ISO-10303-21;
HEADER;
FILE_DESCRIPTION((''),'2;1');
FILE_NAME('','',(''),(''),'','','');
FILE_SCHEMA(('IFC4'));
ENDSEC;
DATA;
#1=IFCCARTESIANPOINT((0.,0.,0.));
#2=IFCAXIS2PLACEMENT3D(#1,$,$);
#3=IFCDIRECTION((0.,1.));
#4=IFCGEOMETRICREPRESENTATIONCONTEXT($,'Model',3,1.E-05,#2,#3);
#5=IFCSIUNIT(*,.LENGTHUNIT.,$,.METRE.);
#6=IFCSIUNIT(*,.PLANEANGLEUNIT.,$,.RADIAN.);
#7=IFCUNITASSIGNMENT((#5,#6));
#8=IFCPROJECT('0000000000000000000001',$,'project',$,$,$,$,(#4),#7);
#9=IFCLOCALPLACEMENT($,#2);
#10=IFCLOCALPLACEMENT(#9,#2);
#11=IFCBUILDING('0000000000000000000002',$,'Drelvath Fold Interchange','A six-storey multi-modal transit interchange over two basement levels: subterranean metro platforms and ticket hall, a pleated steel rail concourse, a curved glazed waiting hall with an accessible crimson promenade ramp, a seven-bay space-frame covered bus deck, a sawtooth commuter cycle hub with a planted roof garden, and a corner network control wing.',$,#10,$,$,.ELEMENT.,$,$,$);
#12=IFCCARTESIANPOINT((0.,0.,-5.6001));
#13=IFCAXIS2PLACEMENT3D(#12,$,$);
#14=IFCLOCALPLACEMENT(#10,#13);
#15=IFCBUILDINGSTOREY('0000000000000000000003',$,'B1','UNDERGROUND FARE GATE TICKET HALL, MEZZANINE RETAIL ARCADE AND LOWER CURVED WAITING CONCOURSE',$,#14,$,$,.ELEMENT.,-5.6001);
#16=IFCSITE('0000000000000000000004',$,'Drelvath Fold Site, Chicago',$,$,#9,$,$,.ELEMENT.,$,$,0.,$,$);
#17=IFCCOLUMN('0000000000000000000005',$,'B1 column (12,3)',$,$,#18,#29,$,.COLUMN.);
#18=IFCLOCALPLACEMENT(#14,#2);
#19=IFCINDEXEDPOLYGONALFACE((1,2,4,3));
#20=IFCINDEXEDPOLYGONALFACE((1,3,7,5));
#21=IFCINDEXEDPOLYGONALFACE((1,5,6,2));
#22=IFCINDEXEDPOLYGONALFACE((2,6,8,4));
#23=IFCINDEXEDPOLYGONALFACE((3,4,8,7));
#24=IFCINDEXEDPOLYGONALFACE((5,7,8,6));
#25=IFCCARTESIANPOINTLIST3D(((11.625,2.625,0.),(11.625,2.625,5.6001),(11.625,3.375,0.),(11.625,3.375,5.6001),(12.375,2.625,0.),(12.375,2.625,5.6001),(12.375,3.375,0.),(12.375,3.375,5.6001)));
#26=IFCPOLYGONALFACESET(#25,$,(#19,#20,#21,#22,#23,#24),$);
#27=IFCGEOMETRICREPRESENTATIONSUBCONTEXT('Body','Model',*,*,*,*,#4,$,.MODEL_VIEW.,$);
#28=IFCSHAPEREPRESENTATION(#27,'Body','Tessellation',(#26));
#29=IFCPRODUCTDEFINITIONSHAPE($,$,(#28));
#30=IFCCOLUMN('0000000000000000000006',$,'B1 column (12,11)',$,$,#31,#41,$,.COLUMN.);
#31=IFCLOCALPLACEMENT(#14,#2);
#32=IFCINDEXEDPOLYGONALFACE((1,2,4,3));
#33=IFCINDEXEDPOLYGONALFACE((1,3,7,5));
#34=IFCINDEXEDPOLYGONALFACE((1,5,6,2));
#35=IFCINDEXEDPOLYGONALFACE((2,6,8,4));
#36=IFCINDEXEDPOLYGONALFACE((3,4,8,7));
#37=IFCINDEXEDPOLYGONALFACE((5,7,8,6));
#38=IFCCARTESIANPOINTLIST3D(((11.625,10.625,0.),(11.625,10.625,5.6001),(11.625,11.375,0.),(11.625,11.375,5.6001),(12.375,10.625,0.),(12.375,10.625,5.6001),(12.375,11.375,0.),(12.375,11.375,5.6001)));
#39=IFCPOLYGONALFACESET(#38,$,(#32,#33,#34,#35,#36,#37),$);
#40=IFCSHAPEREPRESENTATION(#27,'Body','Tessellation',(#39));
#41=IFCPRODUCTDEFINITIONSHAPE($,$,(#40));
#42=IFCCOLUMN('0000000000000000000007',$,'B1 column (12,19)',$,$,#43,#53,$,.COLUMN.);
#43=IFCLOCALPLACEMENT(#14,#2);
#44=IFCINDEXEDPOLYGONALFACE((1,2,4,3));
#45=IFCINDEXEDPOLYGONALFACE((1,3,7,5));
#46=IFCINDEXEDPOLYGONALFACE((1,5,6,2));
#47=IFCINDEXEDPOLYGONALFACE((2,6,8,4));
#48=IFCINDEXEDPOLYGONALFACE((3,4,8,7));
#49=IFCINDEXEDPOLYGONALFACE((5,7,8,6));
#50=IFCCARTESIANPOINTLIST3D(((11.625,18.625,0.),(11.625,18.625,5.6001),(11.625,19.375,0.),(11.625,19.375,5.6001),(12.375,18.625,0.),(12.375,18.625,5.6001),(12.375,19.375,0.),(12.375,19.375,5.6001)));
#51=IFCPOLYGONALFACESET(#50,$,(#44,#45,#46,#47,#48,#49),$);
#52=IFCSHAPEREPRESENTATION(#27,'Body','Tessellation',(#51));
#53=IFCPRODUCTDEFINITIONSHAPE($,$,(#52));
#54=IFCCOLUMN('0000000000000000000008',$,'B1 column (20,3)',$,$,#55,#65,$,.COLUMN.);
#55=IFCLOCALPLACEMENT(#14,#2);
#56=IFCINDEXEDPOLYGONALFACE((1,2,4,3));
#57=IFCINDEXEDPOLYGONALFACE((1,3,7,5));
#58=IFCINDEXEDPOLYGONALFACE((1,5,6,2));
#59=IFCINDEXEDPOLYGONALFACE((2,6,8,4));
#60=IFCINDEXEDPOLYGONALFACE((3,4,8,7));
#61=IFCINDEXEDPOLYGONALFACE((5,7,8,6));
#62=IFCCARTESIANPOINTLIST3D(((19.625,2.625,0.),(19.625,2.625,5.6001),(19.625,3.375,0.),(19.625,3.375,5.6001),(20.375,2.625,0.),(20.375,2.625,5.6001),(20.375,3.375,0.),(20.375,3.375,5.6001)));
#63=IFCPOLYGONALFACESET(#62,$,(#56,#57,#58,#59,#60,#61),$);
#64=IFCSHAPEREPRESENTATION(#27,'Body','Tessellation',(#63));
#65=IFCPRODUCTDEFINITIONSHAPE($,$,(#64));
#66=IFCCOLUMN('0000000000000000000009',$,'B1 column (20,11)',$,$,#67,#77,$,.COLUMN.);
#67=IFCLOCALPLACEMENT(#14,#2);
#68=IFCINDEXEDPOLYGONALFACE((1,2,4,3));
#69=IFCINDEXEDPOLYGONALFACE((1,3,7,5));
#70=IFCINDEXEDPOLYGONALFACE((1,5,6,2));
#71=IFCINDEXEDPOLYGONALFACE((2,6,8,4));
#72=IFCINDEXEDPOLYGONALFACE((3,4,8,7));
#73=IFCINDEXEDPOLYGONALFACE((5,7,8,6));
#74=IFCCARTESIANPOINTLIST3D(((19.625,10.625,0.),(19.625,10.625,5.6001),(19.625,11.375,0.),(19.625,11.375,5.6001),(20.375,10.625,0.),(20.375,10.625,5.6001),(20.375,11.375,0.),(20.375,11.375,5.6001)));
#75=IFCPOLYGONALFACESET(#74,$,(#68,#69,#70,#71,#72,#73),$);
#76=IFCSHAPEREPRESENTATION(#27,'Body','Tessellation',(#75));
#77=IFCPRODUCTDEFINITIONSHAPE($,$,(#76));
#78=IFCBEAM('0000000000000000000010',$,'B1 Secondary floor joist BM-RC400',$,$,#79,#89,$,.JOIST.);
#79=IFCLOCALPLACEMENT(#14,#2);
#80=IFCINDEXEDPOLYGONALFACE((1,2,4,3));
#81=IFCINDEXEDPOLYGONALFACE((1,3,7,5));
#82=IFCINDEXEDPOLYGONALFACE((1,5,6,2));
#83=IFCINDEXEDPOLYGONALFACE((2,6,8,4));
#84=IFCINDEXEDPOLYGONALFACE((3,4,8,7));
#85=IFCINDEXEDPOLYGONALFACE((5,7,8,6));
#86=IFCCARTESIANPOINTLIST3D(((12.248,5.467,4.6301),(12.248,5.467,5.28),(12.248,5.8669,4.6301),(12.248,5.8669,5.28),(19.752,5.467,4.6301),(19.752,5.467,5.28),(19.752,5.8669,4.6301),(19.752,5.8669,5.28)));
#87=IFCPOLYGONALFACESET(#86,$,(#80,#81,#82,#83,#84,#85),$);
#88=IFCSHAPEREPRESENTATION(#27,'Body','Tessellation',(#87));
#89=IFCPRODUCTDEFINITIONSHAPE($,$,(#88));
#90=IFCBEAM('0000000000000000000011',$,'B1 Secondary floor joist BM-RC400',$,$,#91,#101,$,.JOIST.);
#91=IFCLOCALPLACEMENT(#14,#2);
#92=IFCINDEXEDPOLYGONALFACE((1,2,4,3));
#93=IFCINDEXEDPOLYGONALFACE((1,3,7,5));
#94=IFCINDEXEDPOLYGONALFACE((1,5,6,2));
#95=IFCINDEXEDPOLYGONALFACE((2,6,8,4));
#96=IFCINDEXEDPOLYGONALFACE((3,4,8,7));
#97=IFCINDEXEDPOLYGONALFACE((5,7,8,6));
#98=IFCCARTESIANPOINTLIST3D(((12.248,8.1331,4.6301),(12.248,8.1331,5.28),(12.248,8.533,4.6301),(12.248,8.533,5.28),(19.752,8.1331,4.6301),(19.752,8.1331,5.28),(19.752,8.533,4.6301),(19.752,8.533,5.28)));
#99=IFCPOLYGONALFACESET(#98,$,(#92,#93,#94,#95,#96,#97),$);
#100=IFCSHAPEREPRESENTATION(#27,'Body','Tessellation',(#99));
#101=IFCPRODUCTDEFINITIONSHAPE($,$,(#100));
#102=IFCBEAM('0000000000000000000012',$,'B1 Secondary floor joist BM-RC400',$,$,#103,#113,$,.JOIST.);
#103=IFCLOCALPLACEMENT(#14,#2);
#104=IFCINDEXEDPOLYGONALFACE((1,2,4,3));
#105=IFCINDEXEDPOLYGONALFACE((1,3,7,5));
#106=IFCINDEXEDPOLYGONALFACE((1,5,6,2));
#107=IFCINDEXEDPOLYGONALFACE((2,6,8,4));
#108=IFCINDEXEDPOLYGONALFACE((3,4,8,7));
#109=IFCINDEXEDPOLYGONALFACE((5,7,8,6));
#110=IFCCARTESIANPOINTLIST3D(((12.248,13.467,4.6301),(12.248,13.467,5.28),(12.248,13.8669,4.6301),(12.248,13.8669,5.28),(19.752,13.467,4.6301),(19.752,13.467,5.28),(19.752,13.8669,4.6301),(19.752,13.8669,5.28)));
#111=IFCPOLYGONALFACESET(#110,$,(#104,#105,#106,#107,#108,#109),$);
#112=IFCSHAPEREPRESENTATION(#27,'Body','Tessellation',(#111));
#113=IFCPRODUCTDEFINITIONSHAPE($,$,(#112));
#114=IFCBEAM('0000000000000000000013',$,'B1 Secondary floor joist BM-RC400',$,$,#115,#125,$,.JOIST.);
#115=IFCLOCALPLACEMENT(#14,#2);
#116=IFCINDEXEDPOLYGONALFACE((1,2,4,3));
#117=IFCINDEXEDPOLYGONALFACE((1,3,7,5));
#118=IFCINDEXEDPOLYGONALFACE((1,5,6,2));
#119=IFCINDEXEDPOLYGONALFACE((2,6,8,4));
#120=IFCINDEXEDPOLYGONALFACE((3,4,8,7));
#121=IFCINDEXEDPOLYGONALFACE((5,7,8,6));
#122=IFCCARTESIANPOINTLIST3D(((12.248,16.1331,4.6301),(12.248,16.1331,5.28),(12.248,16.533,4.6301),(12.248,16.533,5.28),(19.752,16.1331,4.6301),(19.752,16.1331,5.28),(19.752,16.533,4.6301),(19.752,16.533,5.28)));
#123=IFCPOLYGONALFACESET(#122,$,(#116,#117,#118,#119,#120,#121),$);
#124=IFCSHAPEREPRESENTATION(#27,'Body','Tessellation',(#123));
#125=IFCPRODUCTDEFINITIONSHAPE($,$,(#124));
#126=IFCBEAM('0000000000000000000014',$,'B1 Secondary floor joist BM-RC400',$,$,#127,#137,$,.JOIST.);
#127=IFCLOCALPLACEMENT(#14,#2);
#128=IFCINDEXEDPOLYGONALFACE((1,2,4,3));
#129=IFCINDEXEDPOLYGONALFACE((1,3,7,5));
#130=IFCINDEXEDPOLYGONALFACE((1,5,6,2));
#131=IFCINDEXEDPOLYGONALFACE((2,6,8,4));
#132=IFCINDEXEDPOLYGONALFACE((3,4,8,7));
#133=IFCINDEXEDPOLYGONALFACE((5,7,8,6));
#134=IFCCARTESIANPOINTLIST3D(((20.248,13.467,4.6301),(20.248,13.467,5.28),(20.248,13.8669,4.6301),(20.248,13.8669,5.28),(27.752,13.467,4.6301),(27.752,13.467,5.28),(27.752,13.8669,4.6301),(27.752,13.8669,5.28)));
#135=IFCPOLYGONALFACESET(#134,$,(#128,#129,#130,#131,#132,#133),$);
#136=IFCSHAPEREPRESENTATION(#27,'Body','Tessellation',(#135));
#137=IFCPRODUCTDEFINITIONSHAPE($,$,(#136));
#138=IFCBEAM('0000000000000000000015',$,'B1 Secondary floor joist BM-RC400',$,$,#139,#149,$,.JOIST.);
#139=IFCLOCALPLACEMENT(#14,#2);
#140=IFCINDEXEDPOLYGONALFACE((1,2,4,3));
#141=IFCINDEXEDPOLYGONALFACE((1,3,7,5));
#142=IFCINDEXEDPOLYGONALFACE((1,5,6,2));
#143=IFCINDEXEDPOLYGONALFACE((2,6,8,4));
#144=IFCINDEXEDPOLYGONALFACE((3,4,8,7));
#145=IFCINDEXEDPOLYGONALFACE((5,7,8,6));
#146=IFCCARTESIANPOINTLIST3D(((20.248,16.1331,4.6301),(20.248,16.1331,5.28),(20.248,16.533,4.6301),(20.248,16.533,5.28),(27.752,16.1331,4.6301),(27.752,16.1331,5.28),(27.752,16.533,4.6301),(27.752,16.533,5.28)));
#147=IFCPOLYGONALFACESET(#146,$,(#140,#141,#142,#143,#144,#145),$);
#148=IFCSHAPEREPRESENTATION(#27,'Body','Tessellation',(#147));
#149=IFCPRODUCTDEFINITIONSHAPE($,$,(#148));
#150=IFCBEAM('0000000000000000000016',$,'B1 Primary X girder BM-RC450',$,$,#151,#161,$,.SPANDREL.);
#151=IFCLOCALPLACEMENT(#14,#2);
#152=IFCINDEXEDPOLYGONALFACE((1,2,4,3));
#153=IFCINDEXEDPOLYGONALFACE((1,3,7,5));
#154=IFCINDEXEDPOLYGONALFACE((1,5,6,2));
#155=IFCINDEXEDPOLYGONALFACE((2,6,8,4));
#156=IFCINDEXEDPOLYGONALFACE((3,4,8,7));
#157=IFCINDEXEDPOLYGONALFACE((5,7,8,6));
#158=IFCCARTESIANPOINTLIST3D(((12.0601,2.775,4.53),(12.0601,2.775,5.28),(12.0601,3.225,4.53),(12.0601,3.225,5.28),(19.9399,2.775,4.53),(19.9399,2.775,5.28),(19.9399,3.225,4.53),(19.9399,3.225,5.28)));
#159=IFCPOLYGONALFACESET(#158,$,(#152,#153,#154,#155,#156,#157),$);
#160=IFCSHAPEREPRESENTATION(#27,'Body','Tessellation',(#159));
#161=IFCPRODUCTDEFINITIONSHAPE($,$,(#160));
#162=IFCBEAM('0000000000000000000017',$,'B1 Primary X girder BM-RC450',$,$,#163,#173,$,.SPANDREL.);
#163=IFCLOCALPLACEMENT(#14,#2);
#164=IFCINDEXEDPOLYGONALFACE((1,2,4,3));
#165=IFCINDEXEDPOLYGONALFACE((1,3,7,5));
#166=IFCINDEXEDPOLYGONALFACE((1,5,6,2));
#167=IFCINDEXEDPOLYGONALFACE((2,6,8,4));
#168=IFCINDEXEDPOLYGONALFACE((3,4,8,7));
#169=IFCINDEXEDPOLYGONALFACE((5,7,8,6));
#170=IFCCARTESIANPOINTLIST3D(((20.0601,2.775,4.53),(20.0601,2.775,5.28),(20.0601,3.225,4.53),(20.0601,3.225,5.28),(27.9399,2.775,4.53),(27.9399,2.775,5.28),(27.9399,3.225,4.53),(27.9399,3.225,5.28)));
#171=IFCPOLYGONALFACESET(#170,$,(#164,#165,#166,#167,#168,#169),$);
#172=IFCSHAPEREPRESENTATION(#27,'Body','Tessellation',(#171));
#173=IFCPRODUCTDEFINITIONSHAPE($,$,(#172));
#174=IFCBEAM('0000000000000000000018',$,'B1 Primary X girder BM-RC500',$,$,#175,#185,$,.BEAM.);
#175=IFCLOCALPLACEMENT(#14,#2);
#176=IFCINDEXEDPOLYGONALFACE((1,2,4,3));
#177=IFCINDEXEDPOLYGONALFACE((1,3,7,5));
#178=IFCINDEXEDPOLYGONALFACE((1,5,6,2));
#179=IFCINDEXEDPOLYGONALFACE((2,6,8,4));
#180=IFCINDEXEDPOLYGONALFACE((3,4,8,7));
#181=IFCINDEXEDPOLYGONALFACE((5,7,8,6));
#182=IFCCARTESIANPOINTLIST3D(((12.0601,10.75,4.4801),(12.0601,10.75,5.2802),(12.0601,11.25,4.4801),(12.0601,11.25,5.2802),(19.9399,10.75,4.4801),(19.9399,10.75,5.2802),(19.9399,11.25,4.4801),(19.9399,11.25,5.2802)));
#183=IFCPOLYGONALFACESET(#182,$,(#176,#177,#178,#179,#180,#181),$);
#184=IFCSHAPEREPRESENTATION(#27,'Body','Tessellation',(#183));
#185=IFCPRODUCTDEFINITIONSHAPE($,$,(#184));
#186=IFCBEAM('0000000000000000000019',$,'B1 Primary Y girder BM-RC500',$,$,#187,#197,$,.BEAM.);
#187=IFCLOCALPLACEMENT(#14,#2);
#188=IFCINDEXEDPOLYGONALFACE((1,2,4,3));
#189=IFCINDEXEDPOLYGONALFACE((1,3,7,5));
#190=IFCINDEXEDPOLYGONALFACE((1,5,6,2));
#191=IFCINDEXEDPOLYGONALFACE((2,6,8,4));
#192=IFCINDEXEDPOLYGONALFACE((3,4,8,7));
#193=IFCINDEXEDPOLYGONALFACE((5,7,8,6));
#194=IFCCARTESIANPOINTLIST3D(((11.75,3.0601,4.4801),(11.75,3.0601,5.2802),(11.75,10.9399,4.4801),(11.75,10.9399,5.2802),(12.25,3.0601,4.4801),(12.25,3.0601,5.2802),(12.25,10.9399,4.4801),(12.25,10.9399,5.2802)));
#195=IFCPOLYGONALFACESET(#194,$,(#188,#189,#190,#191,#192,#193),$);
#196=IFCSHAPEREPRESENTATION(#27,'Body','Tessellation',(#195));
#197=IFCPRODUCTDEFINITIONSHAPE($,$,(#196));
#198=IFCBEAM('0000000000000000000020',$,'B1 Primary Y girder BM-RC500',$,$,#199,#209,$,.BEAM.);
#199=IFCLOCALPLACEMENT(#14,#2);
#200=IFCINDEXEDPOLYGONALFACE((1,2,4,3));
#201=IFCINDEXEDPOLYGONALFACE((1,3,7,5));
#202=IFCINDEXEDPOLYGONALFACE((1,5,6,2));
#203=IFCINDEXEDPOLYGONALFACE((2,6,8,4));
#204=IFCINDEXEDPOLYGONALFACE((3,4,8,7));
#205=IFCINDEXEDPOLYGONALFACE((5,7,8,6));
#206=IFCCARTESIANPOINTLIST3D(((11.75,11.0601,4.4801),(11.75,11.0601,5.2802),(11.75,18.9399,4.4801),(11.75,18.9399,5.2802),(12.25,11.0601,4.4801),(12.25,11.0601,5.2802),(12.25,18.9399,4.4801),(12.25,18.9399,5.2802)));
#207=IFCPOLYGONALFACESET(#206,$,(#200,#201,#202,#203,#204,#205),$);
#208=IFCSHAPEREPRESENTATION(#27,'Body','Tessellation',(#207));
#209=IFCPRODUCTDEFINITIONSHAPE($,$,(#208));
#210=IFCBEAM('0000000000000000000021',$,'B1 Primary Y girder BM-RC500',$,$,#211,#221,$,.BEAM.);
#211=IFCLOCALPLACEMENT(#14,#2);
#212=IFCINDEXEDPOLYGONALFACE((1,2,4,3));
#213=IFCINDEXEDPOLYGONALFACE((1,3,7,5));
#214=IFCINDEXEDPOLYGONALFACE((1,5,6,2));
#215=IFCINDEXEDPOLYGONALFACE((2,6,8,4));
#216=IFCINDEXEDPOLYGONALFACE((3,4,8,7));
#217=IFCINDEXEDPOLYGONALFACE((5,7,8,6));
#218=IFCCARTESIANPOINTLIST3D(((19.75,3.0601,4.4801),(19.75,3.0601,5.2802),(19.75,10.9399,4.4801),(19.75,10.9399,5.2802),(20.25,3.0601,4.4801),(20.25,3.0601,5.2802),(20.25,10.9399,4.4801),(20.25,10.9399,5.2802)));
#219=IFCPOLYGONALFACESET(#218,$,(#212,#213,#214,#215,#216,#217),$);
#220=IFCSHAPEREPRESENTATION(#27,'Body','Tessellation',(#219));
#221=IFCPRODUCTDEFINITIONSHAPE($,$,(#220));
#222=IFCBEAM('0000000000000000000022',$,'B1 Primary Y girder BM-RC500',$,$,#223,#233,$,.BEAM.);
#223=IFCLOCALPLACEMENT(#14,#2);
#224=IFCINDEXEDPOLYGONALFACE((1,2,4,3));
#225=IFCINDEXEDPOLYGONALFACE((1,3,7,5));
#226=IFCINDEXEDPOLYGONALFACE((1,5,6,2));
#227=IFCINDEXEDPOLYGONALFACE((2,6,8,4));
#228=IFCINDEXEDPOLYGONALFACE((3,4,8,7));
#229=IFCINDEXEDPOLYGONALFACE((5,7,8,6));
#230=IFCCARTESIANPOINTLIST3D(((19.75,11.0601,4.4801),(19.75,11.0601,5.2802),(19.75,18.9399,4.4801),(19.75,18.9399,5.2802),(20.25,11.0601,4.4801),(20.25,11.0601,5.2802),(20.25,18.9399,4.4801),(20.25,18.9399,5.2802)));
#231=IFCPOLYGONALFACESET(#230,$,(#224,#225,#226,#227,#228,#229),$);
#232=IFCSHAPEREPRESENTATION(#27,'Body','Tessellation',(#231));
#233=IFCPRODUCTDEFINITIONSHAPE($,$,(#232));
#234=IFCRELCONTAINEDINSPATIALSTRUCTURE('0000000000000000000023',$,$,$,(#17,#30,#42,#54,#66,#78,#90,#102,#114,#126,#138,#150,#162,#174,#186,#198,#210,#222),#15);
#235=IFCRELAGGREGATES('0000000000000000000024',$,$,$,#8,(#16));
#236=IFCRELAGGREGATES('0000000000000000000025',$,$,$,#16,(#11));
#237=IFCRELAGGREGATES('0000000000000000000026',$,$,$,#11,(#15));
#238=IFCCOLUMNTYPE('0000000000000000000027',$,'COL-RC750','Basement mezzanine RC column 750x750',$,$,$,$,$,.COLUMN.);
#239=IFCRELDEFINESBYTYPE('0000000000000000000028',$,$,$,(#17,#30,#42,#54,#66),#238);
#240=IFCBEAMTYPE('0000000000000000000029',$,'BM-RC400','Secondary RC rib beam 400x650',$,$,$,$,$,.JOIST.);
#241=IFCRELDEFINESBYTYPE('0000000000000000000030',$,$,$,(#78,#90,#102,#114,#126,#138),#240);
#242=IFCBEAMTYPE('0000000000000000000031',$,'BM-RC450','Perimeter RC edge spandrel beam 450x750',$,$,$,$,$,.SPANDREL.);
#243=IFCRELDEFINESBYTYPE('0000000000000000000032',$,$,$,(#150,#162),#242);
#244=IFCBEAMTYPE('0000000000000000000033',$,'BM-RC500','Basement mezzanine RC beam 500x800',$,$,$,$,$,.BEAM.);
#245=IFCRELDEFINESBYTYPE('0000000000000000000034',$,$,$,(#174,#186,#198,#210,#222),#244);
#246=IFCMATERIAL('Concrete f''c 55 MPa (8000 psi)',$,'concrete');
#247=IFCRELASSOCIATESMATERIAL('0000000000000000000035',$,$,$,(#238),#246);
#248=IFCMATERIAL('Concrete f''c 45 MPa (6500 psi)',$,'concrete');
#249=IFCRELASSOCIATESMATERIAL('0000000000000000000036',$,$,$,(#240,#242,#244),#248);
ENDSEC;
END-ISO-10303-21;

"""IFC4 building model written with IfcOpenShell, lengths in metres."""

from ifc_helpers import new_model, si_unit, direction, frame, origin, origin_2d, place, context, subcontext, project, spatial, rectangle, extrude, material, material_profile, profile_set, type_object, element, save


model = new_model("IFC4")

# Units and contexts
model_context = context("Model", 3, precision=1e-05, world=origin(), true_north=direction((0.0, 1.0)))
body_context = subcontext(model_context, "Body", "Model", "MODEL_VIEW")
ifc_project = project(units=[si_unit("LENGTHUNIT", "METRE"), si_unit("PLANEANGLEUNIT", "RADIAN")], contexts=[model_context])

# Site, building, storey
site_placement = place(None, origin())
site = spatial("IfcSite", under=ifc_project, at=site_placement, Name="Drelvath Fold Site, Chicago", CompositionType="ELEMENT", RefElevation=0.0)
building_placement = place(site_placement, origin())
building = spatial("IfcBuilding", under=site, at=building_placement, Name="Drelvath Fold Interchange", Description="A six-storey multi-modal transit interchange over two basement levels: subterranean metro platforms and ticket hall, a pleated steel rail concourse, a curved glazed waiting hall with an accessible crimson promenade ramp, a seven-bay space-frame covered bus deck, a sawtooth commuter cycle hub with a planted roof garden, and a corner network control wing.", CompositionType="ELEMENT")
storey_placement = place(building_placement, frame((0.0, 0.0, -5.6001)))
storey = spatial("IfcBuildingStorey", under=building, at=storey_placement, Name="B1", Description="UNDERGROUND FARE GATE TICKET HALL, MEZZANINE RETAIL ARCADE AND LOWER CURVED WAITING CONCOURSE", CompositionType="ELEMENT", Elevation=-5.6001)

# Columns
ifc_material_1 = material(Name="Concrete f'c 55 MPa (8000 psi)", Category="concrete")
ifc_material_profile_1 = material_profile(ifc_material_1, rectangle(XDim=0.75, YDim=0.75, at=origin_2d()), Name="RC 750x750")
ifc_profile_set_1 = profile_set([ifc_material_profile_1], Name="Concrete f'c 55 MPa (8000 psi)")
column_type = type_object("IfcColumnType", Name="COL-RC750", Description="Basement mezzanine RC column 750x750", PredefinedType="COLUMN", material=ifc_profile_set_1)
for number, where, z_axis, x_axis, name in (
    (1, (12.0, 3.0, 0.0), (0.0, 0.0, 1.0), (1.0, 0.0, 0.0), "B1 column (12,3)"),
    (2, (12.0, 11.0, 0.0), (0.0, 0.0, 1.0), (1.0, 0.0, 0.0), "B1 column (12,11)"),
    (3, (12.0, 19.0, 0.0), (0.0, 0.0, 1.0), (1.0, 0.0, 0.0), "B1 column (12,19)"),
    (4, (20.0, 3.0, 0.0), (0.0, 0.0, 1.0), (1.0, 0.0, 0.0), "B1 column (20,3)"),
    (5, (20.0, 11.0, 0.0), (0.0, 0.0, 1.0), (1.0, 0.0, 0.0), "B1 column (20,11)"),
):
    element("IfcColumn", number, at=place(storey_placement, frame(where, z_axis=z_axis, x_axis=x_axis)), inside=storey, type_object=column_type, Name=name, PredefinedType="COLUMN", context=body_context, shape_type="SweptSolid", body=[
        extrude(rectangle(XDim=0.75, YDim=0.75, at=origin_2d()), origin(), (0.0, 0.0, 1.0), 5.6001),
    ])

# Beams
ifc_material_2 = material(Name="Concrete f'c 45 MPa (6500 psi)", Category="concrete")
ifc_material_profile_2 = material_profile(ifc_material_2, rectangle(XDim=0.3999, YDim=0.6499, at=origin_2d()), Name="RC 400x650")
ifc_profile_set_2 = profile_set([ifc_material_profile_2], Name="Concrete f'c 45 MPa (6500 psi)")
beam_type_1 = type_object("IfcBeamType", Name="BM-RC400", Description="Secondary RC rib beam 400x650", PredefinedType="JOIST", material=ifc_profile_set_2)
for number, where, z_axis, x_axis, name in (
    (6, (12.248, 5.667, 4.9551), (1.0, 0.0, 0.0), (0.0, 1.0, 0.0), "B1 Secondary floor joist BM-RC400"),
    (7, (12.248, 8.333, 4.9551), (1.0, 0.0, 0.0), (0.0, 1.0, 0.0), "B1 Secondary floor joist BM-RC400"),
    (8, (12.248, 13.667, 4.9551), (1.0, 0.0, 0.0), (0.0, 1.0, 0.0), "B1 Secondary floor joist BM-RC400"),
    (9, (12.248, 16.333, 4.9551), (1.0, 0.0, 0.0), (0.0, 1.0, 0.0), "B1 Secondary floor joist BM-RC400"),
    (10, (20.248, 13.667, 4.9551), (1.0, 0.0, 0.0), (0.0, 1.0, 0.0), "B1 Secondary floor joist BM-RC400"),
    (11, (20.248, 16.333, 4.9551), (1.0, 0.0, 0.0), (0.0, 1.0, 0.0), "B1 Secondary floor joist BM-RC400"),
):
    element("IfcBeam", number, at=place(storey_placement, frame(where, z_axis=z_axis, x_axis=x_axis)), inside=storey, type_object=beam_type_1, Name=name, PredefinedType="JOIST", context=body_context, shape_type="SweptSolid", body=[
        extrude(rectangle(XDim=0.3999, YDim=0.6499, at=origin_2d()), origin(), (0.0, 0.0, 1.0), 7.5039),
    ])
ifc_material_profile_3 = material_profile(ifc_material_2, rectangle(XDim=0.45, YDim=0.75, at=origin_2d()), Name="RC 450x750")
ifc_profile_set_3 = profile_set([ifc_material_profile_3], Name="Concrete f'c 45 MPa (6500 psi)")
beam_type_2 = type_object("IfcBeamType", Name="BM-RC450", Description="Perimeter RC edge spandrel beam 450x750", PredefinedType="SPANDREL", material=ifc_profile_set_3)
for number, where, z_axis, x_axis, name in (
    (12, (12.0601, 3.0, 4.905), (1.0, 0.0, 0.0), (0.0, 1.0, 0.0), "B1 Primary X girder BM-RC450"),
    (13, (20.0601, 3.0, 4.905), (1.0, 0.0, 0.0), (0.0, 1.0, 0.0), "B1 Primary X girder BM-RC450"),
):
    element("IfcBeam", number, at=place(storey_placement, frame(where, z_axis=z_axis, x_axis=x_axis)), inside=storey, type_object=beam_type_2, Name=name, PredefinedType="SPANDREL", context=body_context, shape_type="SweptSolid", body=[
        extrude(rectangle(XDim=0.45, YDim=0.75, at=origin_2d()), origin(), (0.0, 0.0, 1.0), 7.8799),
    ])
ifc_material_profile_4 = material_profile(ifc_material_2, rectangle(XDim=0.5, YDim=0.8, at=origin_2d()), Name="RC 500x800")
ifc_profile_set_4 = profile_set([ifc_material_profile_4], Name="Concrete f'c 45 MPa (6500 psi)")
beam_type_3 = type_object("IfcBeamType", Name="BM-RC500", Description="Basement mezzanine RC beam 500x800", PredefinedType="BEAM", material=ifc_profile_set_4)
for number, where, z_axis, x_axis, name in (
    (14, (12.0601, 11.0, 4.8801), (1.0, 0.0, 0.0), (0.0, 1.0, 0.0), "B1 Primary X girder BM-RC500"),
    (15, (12.0, 3.0601, 4.8801), (0.0, 1.0, 0.0), (-1.0, 0.0, 0.0), "B1 Primary Y girder BM-RC500"),
    (16, (12.0, 11.0601, 4.8801), (0.0, 1.0, 0.0), (-1.0, 0.0, 0.0), "B1 Primary Y girder BM-RC500"),
    (17, (20.0, 3.0601, 4.8801), (0.0, 1.0, 0.0), (-1.0, 0.0, 0.0), "B1 Primary Y girder BM-RC500"),
    (18, (20.0, 11.0601, 4.8801), (0.0, 1.0, 0.0), (-1.0, 0.0, 0.0), "B1 Primary Y girder BM-RC500"),
):
    element("IfcBeam", number, at=place(storey_placement, frame(where, z_axis=z_axis, x_axis=x_axis)), inside=storey, type_object=beam_type_3, Name=name, PredefinedType="BEAM", context=body_context, shape_type="SweptSolid", body=[
        extrude(rectangle(XDim=0.5, YDim=0.8, at=origin_2d()), origin(), (0.0, 0.0, 1.0), 7.8799),
    ])

save(model, "model.ifc")
